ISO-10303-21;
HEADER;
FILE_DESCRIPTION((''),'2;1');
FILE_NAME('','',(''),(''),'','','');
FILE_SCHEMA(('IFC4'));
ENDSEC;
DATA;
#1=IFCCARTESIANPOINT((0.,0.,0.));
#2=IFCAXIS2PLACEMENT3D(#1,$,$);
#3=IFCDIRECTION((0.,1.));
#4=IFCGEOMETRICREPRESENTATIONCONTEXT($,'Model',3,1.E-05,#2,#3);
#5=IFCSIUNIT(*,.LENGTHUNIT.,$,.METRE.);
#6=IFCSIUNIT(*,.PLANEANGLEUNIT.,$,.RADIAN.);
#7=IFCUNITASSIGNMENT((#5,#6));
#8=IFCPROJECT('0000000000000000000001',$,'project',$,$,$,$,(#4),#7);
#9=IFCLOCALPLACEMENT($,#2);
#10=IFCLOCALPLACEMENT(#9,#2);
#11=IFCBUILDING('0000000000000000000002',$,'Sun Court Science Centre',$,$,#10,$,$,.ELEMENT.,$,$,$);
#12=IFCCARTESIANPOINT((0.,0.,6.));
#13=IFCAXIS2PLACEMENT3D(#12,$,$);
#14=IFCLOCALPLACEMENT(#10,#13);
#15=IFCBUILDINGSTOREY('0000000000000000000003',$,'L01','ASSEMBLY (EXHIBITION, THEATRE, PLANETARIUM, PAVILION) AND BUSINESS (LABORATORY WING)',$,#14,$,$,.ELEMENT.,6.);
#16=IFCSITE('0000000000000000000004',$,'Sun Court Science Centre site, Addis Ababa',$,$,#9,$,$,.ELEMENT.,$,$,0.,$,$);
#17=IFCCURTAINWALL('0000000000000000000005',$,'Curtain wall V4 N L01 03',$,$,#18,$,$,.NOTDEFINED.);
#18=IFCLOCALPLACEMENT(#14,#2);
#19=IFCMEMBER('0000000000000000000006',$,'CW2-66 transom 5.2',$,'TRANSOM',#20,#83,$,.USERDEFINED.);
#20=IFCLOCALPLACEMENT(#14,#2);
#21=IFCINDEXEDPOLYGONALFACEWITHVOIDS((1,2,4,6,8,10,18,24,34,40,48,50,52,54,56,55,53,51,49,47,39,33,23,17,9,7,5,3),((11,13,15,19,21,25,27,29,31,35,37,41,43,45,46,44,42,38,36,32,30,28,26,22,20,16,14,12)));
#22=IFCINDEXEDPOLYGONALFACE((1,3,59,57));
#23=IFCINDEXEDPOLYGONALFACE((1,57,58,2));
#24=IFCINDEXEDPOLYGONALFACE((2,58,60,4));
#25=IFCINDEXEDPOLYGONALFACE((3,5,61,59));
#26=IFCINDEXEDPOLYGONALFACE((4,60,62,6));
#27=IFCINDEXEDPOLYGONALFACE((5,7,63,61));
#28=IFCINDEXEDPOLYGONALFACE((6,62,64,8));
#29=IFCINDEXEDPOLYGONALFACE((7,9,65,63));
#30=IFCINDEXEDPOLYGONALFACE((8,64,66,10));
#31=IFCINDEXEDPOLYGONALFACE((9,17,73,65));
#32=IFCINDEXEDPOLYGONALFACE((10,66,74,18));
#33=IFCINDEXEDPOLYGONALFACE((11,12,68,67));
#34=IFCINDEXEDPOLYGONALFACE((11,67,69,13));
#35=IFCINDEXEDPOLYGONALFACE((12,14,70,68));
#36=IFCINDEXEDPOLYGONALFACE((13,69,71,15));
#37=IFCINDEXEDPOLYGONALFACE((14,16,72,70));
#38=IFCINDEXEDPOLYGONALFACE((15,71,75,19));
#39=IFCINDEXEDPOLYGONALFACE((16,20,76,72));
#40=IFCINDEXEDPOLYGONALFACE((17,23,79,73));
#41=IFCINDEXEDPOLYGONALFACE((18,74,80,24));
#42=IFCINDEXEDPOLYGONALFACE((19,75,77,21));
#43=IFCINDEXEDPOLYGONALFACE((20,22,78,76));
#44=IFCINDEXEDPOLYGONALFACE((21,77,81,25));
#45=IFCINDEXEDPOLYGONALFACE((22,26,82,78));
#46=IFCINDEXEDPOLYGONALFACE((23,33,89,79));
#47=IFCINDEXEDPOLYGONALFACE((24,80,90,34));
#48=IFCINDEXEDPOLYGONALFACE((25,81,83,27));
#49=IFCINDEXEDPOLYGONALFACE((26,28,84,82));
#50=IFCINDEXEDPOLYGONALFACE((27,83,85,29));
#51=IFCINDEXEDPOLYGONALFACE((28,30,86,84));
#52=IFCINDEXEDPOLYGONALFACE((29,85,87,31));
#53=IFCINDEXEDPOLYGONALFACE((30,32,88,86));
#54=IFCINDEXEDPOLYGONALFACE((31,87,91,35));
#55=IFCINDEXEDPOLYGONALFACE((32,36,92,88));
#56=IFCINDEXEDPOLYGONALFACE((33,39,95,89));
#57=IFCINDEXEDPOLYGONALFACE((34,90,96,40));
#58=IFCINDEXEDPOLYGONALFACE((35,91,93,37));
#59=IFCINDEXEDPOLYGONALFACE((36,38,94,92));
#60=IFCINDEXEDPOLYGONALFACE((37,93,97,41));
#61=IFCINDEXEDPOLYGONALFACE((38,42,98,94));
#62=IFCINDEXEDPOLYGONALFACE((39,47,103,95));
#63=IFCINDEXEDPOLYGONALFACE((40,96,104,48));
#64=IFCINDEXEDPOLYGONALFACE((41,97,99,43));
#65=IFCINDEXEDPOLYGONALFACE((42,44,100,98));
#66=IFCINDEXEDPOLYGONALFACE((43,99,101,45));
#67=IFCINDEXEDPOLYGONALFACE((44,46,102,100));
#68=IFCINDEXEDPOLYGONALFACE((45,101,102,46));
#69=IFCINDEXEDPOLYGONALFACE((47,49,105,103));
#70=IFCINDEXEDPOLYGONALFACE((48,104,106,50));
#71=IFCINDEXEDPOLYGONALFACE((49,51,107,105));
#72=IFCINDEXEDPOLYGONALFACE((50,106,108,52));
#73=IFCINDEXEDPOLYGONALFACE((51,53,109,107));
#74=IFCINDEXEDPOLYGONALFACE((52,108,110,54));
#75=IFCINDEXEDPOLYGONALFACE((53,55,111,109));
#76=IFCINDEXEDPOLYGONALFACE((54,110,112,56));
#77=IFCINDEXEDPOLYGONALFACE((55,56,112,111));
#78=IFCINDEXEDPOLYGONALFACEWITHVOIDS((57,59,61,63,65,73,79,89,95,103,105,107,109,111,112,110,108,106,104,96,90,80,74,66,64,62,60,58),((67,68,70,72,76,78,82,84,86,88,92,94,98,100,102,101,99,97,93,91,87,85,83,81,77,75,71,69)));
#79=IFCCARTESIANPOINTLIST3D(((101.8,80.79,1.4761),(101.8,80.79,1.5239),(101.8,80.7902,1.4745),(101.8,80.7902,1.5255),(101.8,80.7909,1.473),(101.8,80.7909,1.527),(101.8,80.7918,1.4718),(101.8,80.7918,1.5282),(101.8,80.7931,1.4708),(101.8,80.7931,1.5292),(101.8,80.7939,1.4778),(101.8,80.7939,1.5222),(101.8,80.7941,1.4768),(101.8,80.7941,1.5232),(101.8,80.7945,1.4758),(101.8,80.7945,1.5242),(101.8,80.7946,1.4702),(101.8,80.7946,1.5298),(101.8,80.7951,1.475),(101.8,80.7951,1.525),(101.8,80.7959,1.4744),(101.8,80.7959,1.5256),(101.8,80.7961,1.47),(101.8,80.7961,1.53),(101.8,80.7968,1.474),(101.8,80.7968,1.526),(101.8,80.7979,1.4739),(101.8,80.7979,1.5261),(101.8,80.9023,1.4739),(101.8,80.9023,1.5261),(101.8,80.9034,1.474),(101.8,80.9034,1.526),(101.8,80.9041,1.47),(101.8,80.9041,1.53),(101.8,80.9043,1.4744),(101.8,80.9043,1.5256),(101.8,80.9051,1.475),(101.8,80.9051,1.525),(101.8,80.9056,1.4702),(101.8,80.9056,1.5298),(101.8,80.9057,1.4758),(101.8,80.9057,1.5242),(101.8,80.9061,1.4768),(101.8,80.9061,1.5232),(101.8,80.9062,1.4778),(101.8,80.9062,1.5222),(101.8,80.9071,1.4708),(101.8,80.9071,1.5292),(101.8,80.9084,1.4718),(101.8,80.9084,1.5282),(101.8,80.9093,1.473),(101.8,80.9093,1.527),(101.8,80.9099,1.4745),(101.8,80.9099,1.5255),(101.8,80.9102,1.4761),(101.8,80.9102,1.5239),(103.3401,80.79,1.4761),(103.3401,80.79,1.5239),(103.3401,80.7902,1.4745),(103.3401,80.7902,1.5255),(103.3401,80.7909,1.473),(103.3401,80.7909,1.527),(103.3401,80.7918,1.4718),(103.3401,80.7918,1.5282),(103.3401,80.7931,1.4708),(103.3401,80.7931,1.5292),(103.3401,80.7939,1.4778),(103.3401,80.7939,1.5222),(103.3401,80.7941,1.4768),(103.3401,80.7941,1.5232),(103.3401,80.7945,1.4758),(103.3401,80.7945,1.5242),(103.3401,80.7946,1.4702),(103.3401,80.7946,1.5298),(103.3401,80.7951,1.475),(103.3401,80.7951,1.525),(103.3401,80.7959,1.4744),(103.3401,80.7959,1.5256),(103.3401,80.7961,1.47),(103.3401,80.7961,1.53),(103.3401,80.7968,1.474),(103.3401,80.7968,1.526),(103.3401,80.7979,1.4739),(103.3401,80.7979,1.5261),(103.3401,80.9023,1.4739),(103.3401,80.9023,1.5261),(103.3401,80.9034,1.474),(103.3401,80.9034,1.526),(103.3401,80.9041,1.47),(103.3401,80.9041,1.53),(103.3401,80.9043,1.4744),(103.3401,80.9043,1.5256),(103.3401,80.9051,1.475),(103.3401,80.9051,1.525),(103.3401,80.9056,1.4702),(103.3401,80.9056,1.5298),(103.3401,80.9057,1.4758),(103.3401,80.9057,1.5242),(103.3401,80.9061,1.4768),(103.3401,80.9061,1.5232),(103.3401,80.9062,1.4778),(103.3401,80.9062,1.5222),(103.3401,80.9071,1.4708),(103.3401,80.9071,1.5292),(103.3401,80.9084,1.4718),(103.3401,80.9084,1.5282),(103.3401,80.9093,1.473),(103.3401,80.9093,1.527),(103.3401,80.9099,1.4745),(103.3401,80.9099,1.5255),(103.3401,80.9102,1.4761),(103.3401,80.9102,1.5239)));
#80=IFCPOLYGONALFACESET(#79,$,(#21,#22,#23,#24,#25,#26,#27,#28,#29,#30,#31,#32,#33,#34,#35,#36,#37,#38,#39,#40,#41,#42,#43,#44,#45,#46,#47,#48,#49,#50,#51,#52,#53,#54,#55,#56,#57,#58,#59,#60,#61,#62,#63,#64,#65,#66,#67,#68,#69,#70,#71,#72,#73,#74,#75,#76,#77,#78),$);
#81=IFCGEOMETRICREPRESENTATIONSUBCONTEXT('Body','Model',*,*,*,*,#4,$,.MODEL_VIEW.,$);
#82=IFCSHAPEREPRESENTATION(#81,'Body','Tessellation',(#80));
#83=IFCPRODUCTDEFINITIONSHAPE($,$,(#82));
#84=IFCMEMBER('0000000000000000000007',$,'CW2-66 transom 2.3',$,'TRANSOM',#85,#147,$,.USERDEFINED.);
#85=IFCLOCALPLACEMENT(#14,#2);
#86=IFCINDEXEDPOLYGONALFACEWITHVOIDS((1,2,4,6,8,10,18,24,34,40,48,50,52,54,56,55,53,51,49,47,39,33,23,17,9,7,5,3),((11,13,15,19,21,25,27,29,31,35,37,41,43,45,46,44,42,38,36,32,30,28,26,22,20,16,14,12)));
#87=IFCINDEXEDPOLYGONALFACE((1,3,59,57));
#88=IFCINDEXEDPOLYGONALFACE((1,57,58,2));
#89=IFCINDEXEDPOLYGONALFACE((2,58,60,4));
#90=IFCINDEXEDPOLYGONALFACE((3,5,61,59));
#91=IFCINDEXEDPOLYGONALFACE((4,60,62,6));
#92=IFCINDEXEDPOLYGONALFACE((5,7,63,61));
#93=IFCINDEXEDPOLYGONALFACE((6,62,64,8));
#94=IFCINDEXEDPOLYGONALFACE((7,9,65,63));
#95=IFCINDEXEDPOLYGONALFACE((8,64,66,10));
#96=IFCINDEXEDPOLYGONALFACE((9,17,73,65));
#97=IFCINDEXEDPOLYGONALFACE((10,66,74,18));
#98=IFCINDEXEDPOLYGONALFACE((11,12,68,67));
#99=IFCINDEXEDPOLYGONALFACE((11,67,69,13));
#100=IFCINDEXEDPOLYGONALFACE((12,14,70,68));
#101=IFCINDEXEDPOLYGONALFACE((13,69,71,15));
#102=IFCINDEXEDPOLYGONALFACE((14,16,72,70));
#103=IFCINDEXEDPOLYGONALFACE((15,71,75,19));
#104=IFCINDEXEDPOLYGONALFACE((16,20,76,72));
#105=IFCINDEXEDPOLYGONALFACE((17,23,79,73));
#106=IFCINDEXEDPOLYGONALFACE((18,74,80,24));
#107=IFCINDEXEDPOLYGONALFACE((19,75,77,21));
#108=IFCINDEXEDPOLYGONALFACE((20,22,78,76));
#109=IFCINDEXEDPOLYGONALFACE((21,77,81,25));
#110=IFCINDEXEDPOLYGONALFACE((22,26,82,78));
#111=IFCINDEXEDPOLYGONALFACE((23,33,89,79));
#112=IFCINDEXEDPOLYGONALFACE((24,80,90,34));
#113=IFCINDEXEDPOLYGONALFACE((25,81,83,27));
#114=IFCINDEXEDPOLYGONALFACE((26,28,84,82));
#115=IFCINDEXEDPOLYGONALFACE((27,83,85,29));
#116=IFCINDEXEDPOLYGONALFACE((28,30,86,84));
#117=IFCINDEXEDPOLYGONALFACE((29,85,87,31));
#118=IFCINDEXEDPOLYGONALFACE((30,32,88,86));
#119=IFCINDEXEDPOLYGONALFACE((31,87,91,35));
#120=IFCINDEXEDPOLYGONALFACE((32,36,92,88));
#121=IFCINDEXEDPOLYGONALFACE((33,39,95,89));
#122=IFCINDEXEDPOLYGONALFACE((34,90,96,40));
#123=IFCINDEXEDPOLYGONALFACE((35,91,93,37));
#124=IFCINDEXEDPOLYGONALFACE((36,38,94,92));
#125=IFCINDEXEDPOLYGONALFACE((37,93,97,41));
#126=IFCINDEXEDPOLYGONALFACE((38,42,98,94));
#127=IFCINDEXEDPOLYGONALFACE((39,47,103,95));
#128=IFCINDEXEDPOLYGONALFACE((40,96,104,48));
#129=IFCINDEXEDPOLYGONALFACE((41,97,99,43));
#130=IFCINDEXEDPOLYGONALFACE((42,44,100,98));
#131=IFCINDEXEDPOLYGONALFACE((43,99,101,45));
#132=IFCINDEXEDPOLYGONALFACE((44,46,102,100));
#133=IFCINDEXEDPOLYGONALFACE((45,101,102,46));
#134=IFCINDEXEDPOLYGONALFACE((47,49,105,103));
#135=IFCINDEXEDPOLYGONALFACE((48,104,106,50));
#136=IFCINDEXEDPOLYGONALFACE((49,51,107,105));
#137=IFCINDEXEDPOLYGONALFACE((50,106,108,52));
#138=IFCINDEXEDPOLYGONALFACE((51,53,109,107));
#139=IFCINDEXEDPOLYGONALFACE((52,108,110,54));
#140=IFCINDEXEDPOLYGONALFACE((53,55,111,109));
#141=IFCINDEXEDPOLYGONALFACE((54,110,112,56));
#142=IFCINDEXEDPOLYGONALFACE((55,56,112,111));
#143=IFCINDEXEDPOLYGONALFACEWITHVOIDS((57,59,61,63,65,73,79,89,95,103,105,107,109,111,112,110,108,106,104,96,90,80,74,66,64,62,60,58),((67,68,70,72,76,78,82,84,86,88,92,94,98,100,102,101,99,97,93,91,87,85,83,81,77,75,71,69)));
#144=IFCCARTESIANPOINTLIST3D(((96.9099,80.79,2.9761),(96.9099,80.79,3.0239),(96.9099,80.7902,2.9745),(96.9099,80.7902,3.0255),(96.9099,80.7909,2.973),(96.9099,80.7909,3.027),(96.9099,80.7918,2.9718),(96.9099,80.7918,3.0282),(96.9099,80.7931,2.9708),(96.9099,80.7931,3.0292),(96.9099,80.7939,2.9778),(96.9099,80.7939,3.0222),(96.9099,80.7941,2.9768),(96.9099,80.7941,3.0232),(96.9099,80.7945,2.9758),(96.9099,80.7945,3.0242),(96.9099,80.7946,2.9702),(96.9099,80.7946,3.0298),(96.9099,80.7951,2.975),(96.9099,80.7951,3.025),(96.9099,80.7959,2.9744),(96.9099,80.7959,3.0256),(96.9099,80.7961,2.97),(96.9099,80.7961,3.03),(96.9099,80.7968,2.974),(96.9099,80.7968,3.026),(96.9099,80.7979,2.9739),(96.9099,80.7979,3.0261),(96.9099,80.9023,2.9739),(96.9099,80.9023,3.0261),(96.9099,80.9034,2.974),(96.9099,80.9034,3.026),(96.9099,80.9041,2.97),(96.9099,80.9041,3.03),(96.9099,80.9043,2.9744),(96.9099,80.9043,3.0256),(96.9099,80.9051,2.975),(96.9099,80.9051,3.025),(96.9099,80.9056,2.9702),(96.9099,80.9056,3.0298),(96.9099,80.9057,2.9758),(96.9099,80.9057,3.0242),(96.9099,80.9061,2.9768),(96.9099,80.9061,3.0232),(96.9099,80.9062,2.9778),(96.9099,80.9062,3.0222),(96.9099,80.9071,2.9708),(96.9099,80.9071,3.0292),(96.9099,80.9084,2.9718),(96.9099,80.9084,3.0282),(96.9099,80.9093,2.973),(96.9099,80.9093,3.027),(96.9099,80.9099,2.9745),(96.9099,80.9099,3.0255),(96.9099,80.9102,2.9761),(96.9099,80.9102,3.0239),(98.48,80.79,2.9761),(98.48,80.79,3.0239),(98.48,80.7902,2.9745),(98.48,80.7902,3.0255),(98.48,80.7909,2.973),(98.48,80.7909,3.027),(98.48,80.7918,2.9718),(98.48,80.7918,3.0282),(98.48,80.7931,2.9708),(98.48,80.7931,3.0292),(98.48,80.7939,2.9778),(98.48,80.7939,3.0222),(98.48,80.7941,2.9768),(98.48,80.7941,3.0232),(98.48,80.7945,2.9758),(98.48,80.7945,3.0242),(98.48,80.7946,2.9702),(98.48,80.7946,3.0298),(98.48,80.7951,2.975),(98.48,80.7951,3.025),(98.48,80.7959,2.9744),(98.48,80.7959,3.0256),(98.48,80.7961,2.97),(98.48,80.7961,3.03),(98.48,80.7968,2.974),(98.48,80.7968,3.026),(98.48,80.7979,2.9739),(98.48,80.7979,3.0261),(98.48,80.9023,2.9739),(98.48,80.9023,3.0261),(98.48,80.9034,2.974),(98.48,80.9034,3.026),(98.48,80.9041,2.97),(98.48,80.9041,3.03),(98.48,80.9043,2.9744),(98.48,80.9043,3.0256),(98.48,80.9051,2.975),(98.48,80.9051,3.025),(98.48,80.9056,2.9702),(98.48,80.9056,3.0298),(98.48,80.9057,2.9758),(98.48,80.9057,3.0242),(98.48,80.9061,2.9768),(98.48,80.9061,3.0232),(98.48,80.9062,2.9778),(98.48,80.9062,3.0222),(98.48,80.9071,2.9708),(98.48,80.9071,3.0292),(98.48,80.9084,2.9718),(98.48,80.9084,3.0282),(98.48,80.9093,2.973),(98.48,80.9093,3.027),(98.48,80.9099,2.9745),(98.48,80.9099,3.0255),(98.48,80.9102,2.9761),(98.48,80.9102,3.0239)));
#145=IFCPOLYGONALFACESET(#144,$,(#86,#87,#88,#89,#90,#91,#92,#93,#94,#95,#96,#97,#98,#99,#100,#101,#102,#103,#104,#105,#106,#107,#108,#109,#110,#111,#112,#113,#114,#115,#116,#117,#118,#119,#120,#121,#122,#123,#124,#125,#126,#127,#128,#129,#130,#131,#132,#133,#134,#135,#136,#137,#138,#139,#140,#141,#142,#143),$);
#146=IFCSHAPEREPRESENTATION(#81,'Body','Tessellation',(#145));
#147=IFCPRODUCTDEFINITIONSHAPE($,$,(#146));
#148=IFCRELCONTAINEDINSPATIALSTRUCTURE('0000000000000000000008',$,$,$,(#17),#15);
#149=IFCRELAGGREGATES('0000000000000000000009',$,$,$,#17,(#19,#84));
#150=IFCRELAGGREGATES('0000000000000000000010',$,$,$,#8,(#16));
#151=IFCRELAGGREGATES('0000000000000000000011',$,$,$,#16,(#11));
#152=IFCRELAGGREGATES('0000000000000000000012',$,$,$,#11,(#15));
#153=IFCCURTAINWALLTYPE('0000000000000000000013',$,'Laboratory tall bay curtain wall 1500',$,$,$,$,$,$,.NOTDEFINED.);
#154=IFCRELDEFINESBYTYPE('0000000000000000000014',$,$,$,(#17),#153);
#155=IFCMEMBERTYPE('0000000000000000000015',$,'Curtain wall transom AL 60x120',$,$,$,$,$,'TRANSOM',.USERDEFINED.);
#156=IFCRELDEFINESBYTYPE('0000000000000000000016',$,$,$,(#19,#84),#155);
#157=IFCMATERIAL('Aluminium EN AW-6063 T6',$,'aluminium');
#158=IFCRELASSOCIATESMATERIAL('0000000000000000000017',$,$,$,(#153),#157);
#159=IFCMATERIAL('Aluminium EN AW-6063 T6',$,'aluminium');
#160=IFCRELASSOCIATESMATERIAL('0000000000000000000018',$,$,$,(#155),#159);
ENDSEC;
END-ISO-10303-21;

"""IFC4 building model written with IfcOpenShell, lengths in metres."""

from ifc_helpers import new_model, si_unit, direction, frame, origin, origin_2d, place, context, subcontext, project, spatial, hollow_rectangle, extrude, material, material_profile, profile_set, type_object, element, aggregate, save


model = new_model("IFC4")

# Units and contexts
model_context = context("Model", 3, precision=1e-05, world=origin(), true_north=direction((0.0, 1.0)))
body_context = subcontext(model_context, "Body", "Model", "MODEL_VIEW")
ifc_project = project(units=[si_unit("LENGTHUNIT", "METRE"), si_unit("PLANEANGLEUNIT", "RADIAN")], contexts=[model_context])

# Site, building, storey
site_placement = place(None, origin())
site = spatial("IfcSite", under=ifc_project, at=site_placement, Name="Sun Court Science Centre site, Addis Ababa", CompositionType="ELEMENT", RefElevation=0.0)
building_placement = place(site_placement, origin())
building = spatial("IfcBuilding", under=site, at=building_placement, Name="Sun Court Science Centre", CompositionType="ELEMENT")
storey_placement = place(building_placement, frame((0.0, 0.0, 6.0)))
storey = spatial("IfcBuildingStorey", under=building, at=storey_placement, Name="L01", Description="ASSEMBLY (EXHIBITION, THEATRE, PLANETARIUM, PAVILION) AND BUSINESS (LABORATORY WING)", CompositionType="ELEMENT", Elevation=6.0)

# Curtain wall, members
ifc_material_1 = material(Name="Aluminium EN AW-6063 T6", Category="aluminium")
curtain_wall_type = type_object("IfcCurtainWallType", Name="Laboratory tall bay curtain wall 1500", PredefinedType="NOTDEFINED", material=ifc_material_1)
curtain_wall_placement = place(storey_placement, origin())
curtain_wall = element("IfcCurtainWall", 1, at=curtain_wall_placement, inside=storey, type_object=curtain_wall_type, Name="Curtain wall V4 N L01 03", PredefinedType="NOTDEFINED")
ifc_material_2 = material(Name="Aluminium EN AW-6063 T6", Category="aluminium")
ifc_material_profile_1 = material_profile(ifc_material_2, hollow_rectangle(XDim=0.0601, YDim=0.1201, WallThickness=0.0039, InnerFilletRadius=0.0039, OuterFilletRadius=0.0061, at=origin_2d()), Name="AL 60x120x4")
ifc_profile_set_1 = profile_set([ifc_material_profile_1], Name="Aluminium EN AW-6063 T6")
member_type_1 = type_object("IfcMemberType", Name="Curtain wall transom AL 60x120", ElementType="TRANSOM", PredefinedType="USERDEFINED", material=ifc_profile_set_1)
member_1_placement = place(storey_placement, frame((101.8, 80.8501, 1.5), z_axis=(1.0, 0.0, 0.0), x_axis=(0.0, 0.0, 1.0)))
member_1 = element("IfcMember", 2, at=member_1_placement, type_object=member_type_1, Name="CW2-66 transom 5.2", ObjectType="TRANSOM", PredefinedType="USERDEFINED", context=body_context, shape_type="SweptSolid", body=[
    extrude(hollow_rectangle(XDim=0.0601, YDim=0.1201, WallThickness=0.0039, InnerFilletRadius=0.0039, OuterFilletRadius=0.0061, at=origin_2d()), origin(), (0.0, 0.0, 1.0), 1.54),
])
member_2_placement = place(storey_placement, frame((96.9099, 80.8501, 3.0), z_axis=(1.0, 0.0, 0.0), x_axis=(0.0, 0.0, 1.0)))
member_2 = element("IfcMember", 3, at=member_2_placement, type_object=member_type_1, Name="CW2-66 transom 2.3", ObjectType="TRANSOM", PredefinedType="USERDEFINED", context=body_context, shape_type="SweptSolid", body=[
    extrude(hollow_rectangle(XDim=0.0601, YDim=0.1201, WallThickness=0.0039, InnerFilletRadius=0.0039, OuterFilletRadius=0.0061, at=origin_2d()), origin(), (0.0, 0.0, 1.0), 1.5701),
])
aggregate(curtain_wall, [member_1, member_2])

save(model, "model.ifc")
